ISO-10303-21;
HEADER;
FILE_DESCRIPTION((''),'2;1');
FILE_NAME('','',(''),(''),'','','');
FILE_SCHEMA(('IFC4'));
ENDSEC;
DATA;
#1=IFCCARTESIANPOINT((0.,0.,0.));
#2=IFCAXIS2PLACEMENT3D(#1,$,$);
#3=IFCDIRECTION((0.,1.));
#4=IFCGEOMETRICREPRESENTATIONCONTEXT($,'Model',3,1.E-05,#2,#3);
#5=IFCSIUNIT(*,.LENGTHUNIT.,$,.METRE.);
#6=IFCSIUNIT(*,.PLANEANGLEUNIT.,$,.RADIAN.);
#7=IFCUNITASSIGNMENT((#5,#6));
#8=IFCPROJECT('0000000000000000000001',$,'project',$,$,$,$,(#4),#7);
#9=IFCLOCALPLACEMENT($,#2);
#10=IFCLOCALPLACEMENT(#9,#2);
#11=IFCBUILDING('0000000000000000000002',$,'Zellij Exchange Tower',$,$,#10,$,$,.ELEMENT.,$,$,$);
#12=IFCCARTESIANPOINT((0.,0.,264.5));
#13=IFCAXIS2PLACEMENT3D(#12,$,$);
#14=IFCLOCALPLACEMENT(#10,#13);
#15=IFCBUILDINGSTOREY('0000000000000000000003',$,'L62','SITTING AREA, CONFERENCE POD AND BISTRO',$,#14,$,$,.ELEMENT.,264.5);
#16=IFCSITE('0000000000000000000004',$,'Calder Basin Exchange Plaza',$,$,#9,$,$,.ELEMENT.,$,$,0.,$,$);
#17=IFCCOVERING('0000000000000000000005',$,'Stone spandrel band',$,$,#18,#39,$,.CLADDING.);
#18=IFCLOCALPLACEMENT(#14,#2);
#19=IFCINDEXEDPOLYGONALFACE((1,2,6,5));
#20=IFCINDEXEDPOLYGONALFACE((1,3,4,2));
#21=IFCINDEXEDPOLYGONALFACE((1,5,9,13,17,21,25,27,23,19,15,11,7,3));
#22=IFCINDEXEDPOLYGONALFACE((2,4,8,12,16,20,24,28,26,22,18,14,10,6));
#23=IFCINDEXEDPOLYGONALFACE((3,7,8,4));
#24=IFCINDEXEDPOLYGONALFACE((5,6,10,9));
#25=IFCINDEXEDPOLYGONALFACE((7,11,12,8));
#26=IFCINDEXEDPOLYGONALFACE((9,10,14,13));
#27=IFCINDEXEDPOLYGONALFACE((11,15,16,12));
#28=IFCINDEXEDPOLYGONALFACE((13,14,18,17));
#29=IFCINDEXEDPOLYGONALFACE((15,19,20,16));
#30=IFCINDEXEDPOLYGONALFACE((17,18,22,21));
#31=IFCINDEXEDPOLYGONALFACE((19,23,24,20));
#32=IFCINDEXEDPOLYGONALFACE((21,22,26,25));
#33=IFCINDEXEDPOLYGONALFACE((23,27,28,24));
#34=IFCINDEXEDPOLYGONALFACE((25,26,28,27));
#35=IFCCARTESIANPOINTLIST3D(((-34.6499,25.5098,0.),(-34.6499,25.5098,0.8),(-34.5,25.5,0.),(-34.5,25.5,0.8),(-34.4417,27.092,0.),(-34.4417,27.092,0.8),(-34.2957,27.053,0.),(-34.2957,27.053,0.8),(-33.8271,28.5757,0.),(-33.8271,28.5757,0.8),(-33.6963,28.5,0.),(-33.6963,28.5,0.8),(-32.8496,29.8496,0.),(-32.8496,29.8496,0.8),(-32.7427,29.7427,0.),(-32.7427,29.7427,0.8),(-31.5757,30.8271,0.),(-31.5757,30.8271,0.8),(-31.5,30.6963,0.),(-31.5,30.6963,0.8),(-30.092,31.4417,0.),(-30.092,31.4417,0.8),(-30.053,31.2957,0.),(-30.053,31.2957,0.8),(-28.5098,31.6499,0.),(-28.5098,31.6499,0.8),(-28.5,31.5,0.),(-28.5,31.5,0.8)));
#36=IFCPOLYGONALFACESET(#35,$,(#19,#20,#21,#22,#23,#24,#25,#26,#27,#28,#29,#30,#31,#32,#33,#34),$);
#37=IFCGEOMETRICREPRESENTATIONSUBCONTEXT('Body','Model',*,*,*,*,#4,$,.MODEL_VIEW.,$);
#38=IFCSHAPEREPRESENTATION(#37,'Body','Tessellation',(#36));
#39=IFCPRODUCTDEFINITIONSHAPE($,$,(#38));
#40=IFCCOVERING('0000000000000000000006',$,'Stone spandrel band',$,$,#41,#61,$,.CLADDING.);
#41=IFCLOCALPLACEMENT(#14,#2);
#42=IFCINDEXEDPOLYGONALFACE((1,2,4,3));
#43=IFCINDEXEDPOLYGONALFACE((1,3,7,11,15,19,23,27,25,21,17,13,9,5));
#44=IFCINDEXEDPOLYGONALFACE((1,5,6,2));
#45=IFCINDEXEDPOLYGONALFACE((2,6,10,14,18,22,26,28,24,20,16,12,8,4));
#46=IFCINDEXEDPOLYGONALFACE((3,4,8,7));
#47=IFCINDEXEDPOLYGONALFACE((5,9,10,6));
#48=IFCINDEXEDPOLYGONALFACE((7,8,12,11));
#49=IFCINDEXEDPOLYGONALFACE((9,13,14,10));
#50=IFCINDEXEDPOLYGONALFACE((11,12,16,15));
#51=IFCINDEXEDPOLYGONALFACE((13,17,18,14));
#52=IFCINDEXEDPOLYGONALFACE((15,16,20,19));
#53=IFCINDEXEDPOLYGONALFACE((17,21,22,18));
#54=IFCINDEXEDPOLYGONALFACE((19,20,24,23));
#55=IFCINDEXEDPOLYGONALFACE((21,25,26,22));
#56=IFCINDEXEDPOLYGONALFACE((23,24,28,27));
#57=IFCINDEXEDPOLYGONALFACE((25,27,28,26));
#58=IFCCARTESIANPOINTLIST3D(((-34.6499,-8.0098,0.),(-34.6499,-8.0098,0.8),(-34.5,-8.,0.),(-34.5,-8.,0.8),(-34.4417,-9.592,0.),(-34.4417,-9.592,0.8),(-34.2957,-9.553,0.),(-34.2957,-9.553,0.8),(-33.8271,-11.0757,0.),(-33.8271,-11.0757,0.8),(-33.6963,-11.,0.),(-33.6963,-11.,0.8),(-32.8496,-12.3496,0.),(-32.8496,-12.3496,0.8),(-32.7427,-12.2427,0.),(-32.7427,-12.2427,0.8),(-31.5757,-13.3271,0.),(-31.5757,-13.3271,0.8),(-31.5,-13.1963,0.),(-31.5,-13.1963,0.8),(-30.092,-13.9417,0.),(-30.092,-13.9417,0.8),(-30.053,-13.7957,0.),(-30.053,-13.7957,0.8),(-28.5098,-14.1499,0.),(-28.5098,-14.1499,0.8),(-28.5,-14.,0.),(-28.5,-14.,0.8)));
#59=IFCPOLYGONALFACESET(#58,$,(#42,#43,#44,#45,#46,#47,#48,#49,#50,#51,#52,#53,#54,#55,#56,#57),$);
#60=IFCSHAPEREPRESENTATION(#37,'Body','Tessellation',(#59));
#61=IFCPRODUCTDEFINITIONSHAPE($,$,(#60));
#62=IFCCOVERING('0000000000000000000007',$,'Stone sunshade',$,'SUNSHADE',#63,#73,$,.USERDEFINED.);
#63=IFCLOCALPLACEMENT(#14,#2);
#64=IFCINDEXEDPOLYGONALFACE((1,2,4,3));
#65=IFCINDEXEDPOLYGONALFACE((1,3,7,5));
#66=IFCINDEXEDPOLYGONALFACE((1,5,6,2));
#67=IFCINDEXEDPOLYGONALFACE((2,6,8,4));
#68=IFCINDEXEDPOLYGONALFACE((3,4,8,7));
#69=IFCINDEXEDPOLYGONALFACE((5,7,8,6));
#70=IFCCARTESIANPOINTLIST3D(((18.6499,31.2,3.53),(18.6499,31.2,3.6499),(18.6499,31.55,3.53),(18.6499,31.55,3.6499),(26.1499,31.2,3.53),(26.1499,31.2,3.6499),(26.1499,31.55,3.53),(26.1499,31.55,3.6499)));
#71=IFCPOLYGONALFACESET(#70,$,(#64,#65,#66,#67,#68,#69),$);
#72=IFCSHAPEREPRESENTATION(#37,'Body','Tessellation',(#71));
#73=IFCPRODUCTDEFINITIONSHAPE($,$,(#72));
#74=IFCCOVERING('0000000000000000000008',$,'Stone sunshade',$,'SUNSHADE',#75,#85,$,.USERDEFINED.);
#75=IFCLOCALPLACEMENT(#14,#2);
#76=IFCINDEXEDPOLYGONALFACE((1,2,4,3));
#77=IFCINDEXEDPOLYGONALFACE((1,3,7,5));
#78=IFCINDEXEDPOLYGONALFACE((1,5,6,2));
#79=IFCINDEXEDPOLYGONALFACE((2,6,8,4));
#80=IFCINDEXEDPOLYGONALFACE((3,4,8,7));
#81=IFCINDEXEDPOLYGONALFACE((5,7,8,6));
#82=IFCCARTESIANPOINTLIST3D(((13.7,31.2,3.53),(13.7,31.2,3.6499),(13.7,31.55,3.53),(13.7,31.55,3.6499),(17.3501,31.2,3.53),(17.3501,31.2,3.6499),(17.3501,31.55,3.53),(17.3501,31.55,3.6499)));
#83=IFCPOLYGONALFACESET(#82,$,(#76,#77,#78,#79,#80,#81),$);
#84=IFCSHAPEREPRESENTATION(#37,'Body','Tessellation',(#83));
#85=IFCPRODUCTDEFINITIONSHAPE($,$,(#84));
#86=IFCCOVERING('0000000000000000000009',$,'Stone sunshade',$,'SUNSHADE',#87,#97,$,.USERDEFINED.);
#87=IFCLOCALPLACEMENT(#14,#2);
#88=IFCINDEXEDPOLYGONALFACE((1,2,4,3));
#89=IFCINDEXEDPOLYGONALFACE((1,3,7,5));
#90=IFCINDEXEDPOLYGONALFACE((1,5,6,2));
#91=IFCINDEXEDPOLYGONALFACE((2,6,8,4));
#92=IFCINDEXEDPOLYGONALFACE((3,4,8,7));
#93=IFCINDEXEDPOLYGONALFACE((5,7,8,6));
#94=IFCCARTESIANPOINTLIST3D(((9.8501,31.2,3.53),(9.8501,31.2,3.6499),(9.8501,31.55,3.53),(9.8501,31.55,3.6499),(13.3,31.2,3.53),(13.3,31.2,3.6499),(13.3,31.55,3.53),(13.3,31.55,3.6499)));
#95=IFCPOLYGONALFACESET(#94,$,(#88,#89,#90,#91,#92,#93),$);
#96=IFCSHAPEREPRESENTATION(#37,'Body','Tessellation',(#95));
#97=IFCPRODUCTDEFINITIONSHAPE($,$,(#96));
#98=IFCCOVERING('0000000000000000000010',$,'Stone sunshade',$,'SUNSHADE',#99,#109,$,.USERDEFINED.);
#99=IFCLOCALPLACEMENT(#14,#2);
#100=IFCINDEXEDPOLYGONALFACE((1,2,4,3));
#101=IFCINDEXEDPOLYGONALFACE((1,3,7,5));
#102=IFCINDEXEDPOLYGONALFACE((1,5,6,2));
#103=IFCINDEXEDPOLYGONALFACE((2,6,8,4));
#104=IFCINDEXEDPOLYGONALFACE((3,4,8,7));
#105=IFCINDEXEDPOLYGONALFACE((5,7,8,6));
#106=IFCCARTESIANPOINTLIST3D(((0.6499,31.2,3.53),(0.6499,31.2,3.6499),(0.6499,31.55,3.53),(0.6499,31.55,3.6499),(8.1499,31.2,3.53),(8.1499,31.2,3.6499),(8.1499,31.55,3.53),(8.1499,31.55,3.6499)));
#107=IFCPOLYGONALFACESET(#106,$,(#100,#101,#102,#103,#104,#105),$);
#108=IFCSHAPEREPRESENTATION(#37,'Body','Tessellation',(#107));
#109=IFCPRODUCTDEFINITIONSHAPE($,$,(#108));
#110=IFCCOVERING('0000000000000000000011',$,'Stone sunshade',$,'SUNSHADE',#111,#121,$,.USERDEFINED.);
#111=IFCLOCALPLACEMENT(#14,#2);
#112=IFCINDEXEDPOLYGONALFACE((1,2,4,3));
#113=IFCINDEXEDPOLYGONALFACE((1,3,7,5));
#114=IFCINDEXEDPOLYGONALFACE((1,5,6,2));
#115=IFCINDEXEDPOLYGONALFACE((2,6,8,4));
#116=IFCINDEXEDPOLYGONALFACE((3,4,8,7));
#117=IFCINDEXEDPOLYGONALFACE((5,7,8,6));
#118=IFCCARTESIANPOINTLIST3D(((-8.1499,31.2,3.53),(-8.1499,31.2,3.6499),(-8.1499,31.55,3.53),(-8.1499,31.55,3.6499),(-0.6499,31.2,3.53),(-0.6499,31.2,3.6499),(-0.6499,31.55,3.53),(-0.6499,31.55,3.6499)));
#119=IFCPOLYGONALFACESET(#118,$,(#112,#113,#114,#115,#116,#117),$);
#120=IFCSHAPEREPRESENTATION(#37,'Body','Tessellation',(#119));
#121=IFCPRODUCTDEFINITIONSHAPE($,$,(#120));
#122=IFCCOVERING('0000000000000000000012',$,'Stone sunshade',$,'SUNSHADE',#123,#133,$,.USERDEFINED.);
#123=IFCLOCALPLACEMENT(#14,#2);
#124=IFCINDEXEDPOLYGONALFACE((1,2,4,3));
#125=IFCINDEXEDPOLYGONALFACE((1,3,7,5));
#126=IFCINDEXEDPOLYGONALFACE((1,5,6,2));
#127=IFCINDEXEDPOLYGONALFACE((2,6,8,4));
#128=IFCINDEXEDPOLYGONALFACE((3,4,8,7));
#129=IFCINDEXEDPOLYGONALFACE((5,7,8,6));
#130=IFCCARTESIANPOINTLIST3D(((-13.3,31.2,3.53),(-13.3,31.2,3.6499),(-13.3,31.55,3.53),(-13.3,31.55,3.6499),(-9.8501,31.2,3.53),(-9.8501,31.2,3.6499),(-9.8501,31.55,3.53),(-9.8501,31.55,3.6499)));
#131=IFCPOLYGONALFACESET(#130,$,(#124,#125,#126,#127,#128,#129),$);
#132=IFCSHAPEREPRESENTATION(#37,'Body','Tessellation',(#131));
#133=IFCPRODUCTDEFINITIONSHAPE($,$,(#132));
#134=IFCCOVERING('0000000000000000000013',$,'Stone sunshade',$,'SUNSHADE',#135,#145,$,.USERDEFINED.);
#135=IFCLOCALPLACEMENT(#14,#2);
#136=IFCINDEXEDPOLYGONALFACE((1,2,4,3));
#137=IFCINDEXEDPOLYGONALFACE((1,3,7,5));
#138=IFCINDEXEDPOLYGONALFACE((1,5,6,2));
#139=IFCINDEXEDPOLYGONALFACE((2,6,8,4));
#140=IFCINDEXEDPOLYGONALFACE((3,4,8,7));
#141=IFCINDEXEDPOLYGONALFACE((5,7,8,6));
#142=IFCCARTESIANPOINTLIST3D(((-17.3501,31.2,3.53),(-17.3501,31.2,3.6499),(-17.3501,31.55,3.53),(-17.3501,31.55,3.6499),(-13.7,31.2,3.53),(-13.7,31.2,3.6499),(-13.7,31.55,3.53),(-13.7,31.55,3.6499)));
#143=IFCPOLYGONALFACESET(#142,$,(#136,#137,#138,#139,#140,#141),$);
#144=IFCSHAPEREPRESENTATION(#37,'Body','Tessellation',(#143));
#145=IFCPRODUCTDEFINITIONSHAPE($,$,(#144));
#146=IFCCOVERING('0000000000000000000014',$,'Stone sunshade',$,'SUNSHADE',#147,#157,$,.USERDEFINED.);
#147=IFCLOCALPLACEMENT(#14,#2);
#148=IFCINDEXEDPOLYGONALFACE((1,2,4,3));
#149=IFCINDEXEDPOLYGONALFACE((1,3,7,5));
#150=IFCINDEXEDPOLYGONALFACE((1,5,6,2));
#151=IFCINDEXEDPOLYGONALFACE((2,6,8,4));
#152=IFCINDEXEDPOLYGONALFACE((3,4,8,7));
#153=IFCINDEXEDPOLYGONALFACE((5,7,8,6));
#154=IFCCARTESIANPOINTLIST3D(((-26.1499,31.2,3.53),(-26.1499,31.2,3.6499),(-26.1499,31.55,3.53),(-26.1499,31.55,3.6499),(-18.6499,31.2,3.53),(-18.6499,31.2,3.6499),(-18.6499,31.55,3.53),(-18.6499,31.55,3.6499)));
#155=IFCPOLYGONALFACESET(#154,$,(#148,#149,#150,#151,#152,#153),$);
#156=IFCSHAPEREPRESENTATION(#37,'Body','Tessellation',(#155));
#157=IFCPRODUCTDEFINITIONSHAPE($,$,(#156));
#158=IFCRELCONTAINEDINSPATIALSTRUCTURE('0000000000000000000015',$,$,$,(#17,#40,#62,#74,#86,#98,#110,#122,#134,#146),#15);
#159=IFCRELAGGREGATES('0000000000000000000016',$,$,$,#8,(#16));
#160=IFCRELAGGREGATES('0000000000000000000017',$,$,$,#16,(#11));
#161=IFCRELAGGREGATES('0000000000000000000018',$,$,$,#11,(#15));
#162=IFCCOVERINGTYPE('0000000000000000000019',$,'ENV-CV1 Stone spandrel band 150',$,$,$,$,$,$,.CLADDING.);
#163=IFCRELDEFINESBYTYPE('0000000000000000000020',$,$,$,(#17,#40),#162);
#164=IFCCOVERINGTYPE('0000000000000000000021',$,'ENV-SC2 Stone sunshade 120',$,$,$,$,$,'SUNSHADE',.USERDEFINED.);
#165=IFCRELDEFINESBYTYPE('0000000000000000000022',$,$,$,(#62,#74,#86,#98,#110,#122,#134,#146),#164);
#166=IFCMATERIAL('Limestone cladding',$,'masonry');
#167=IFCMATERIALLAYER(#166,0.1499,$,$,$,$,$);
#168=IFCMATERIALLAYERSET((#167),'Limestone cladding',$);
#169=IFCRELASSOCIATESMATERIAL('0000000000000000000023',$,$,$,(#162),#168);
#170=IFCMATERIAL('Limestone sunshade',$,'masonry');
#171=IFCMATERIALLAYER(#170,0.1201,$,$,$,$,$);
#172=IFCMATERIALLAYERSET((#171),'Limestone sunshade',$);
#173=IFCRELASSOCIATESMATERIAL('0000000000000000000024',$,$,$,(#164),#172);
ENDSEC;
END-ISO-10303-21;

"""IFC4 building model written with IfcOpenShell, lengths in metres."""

from ifc_helpers import new_model, si_unit, direction, frame, origin, place, context, subcontext, project, spatial, polyline, outline, extrude, material, layer, layer_set, type_object, element, save


model = new_model("IFC4")

# Units and contexts
model_context = context("Model", 3, precision=1e-05, world=origin(), true_north=direction((0.0, 1.0)))
body_context = subcontext(model_context, "Body", "Model", "MODEL_VIEW")
ifc_project = project(units=[si_unit("LENGTHUNIT", "METRE"), si_unit("PLANEANGLEUNIT", "RADIAN")], contexts=[model_context])

# Site, building, storey
site_placement = place(None, origin())
site = spatial("IfcSite", under=ifc_project, at=site_placement, Name="Calder Basin Exchange Plaza", CompositionType="ELEMENT", RefElevation=0.0)
building_placement = place(site_placement, origin())
building = spatial("IfcBuilding", under=site, at=building_placement, Name="Zellij Exchange Tower", CompositionType="ELEMENT")
storey_placement = place(building_placement, frame((0.0, 0.0, 264.5)))
storey = spatial("IfcBuildingStorey", under=building, at=storey_placement, Name="L62", Description="SITTING AREA, CONFERENCE POD AND BISTRO", CompositionType="ELEMENT", Elevation=264.5)

# Coverings
ifc_material_1 = material(Name="Limestone cladding", Category="masonry")
ifc_layer_1 = layer(ifc_material_1, 0.1499)
ifc_layer_set_1 = layer_set([ifc_layer_1], Name="Limestone cladding")
covering_type_1 = type_object("IfcCoveringType", Name="ENV-CV1 Stone spandrel band 150", PredefinedType="CLADDING", material=ifc_layer_set_1)
covering_1_placement = place(storey_placement, origin())
element("IfcCovering", 1, at=covering_1_placement, inside=storey, type_object=covering_type_1, Name="Stone spandrel band", PredefinedType="CLADDING", context=body_context, shape_type="SweptSolid", body=[
    extrude(outline(polyline([(-28.5, 31.5), (-30.053, 31.2957), (-31.5, 30.6963), (-32.7427, 29.7427), (-33.6963, 28.5), (-34.2957, 27.053), (-34.5, 25.5), (-34.6499, 25.5098), (-34.4417, 27.092), (-33.8271, 28.5757), (-32.8496, 29.8496), (-31.5757, 30.8271), (-30.092, 31.4417), (-28.5098, 31.6499), (-28.5, 31.5)])), origin(), (0.0, 0.0, 1.0), 0.8),
])
covering_2_placement = place(storey_placement, origin())
element("IfcCovering", 2, at=covering_2_placement, inside=storey, type_object=covering_type_1, Name="Stone spandrel band", PredefinedType="CLADDING", context=body_context, shape_type="SweptSolid", body=[
    extrude(outline(polyline([(-34.5, -8.0), (-34.2957, -9.553), (-33.6963, -11.0), (-32.7427, -12.2427), (-31.5, -13.1963), (-30.053, -13.7957), (-28.5, -14.0), (-28.5098, -14.1499), (-30.092, -13.9417), (-31.5757, -13.3271), (-32.8496, -12.3496), (-33.8271, -11.0757), (-34.4417, -9.592), (-34.6499, -8.0098), (-34.5, -8.0)])), origin(), (0.0, 0.0, 1.0), 0.8),
])
ifc_material_2 = material(Name="Limestone sunshade", Category="masonry")
ifc_layer_2 = layer(ifc_material_2, 0.1201)
ifc_layer_set_2 = layer_set([ifc_layer_2], Name="Limestone sunshade")
covering_type_2 = type_object("IfcCoveringType", Name="ENV-SC2 Stone sunshade 120", ElementType="SUNSHADE", PredefinedType="USERDEFINED", material=ifc_layer_set_2)
covering_3_placement = place(storey_placement, frame((0.0, 0.0, 3.53)))
element("IfcCovering", 3, at=covering_3_placement, inside=storey, type_object=covering_type_2, Name="Stone sunshade", ObjectType="SUNSHADE", PredefinedType="USERDEFINED", context=body_context, shape_type="SweptSolid", body=[
    extrude(outline(polyline([(26.1499, 31.2), (18.6499, 31.2), (18.6499, 31.55), (26.1499, 31.55), (26.1499, 31.2)])), origin(), (0.0, 0.0, 1.0), 0.1199),
])
covering_4_placement = place(storey_placement, frame((0.0, 0.0, 3.53)))
element("IfcCovering", 4, at=covering_4_placement, inside=storey, type_object=covering_type_2, Name="Stone sunshade", ObjectType="SUNSHADE", PredefinedType="USERDEFINED", context=body_context, shape_type="SweptSolid", body=[
    extrude(outline(polyline([(17.3501, 31.2), (13.7, 31.2), (13.7, 31.55), (17.3501, 31.55), (17.3501, 31.2)])), origin(), (0.0, 0.0, 1.0), 0.1199),
])
covering_5_placement = place(storey_placement, frame((0.0, 0.0, 3.53)))
element("IfcCovering", 5, at=covering_5_placement, inside=storey, type_object=covering_type_2, Name="Stone sunshade", ObjectType="SUNSHADE", PredefinedType="USERDEFINED", context=body_context, shape_type="SweptSolid", body=[
    extrude(outline(polyline([(13.3, 31.2), (9.8501, 31.2), (9.8501, 31.55), (13.3, 31.55), (13.3, 31.2)])), origin(), (0.0, 0.0, 1.0), 0.1199),
])
covering_6_placement = place(storey_placement, frame((0.0, 0.0, 3.53)))
element("IfcCovering", 6, at=covering_6_placement, inside=storey, type_object=covering_type_2, Name="Stone sunshade", ObjectType="SUNSHADE", PredefinedType="USERDEFINED", context=body_context, shape_type="SweptSolid", body=[
    extrude(outline(polyline([(8.1499, 31.2), (0.6499, 31.2), (0.6499, 31.55), (8.1499, 31.55), (8.1499, 31.2)])), origin(), (0.0, 0.0, 1.0), 0.1199),
])
covering_7_placement = place(storey_placement, frame((0.0, 0.0, 3.53)))
element("IfcCovering", 7, at=covering_7_placement, inside=storey, type_object=covering_type_2, Name="Stone sunshade", ObjectType="SUNSHADE", PredefinedType="USERDEFINED", context=body_context, shape_type="SweptSolid", body=[
    extrude(outline(polyline([(-0.6499, 31.2), (-8.1499, 31.2), (-8.1499, 31.55), (-0.6499, 31.55), (-0.6499, 31.2)])), origin(), (0.0, 0.0, 1.0), 0.1199),
])
covering_8_placement = place(storey_placement, frame((0.0, 0.0, 3.53)))
element("IfcCovering", 8, at=covering_8_placement, inside=storey, type_object=covering_type_2, Name="Stone sunshade", ObjectType="SUNSHADE", PredefinedType="USERDEFINED", context=body_context, shape_type="SweptSolid", body=[
    extrude(outline(polyline([(-9.8501, 31.2), (-13.3, 31.2), (-13.3, 31.55), (-9.8501, 31.55), (-9.8501, 31.2)])), origin(), (0.0, 0.0, 1.0), 0.1199),
])
covering_9_placement = place(storey_placement, frame((0.0, 0.0, 3.53)))
element("IfcCovering", 9, at=covering_9_placement, inside=storey, type_object=covering_type_2, Name="Stone sunshade", ObjectType="SUNSHADE", PredefinedType="USERDEFINED", context=body_context, shape_type="SweptSolid", body=[
    extrude(outline(polyline([(-13.7, 31.2), (-17.3501, 31.2), (-17.3501, 31.55), (-13.7, 31.55), (-13.7, 31.2)])), origin(), (0.0, 0.0, 1.0), 0.1199),
])
covering_10_placement = place(storey_placement, frame((0.0, 0.0, 3.53)))
element("IfcCovering", 10, at=covering_10_placement, inside=storey, type_object=covering_type_2, Name="Stone sunshade", ObjectType="SUNSHADE", PredefinedType="USERDEFINED", context=body_context, shape_type="SweptSolid", body=[
    extrude(outline(polyline([(-18.6499, 31.2), (-26.1499, 31.2), (-26.1499, 31.55), (-18.6499, 31.55), (-18.6499, 31.2)])), origin(), (0.0, 0.0, 1.0), 0.1199),
])

save(model, "model.ifc")
